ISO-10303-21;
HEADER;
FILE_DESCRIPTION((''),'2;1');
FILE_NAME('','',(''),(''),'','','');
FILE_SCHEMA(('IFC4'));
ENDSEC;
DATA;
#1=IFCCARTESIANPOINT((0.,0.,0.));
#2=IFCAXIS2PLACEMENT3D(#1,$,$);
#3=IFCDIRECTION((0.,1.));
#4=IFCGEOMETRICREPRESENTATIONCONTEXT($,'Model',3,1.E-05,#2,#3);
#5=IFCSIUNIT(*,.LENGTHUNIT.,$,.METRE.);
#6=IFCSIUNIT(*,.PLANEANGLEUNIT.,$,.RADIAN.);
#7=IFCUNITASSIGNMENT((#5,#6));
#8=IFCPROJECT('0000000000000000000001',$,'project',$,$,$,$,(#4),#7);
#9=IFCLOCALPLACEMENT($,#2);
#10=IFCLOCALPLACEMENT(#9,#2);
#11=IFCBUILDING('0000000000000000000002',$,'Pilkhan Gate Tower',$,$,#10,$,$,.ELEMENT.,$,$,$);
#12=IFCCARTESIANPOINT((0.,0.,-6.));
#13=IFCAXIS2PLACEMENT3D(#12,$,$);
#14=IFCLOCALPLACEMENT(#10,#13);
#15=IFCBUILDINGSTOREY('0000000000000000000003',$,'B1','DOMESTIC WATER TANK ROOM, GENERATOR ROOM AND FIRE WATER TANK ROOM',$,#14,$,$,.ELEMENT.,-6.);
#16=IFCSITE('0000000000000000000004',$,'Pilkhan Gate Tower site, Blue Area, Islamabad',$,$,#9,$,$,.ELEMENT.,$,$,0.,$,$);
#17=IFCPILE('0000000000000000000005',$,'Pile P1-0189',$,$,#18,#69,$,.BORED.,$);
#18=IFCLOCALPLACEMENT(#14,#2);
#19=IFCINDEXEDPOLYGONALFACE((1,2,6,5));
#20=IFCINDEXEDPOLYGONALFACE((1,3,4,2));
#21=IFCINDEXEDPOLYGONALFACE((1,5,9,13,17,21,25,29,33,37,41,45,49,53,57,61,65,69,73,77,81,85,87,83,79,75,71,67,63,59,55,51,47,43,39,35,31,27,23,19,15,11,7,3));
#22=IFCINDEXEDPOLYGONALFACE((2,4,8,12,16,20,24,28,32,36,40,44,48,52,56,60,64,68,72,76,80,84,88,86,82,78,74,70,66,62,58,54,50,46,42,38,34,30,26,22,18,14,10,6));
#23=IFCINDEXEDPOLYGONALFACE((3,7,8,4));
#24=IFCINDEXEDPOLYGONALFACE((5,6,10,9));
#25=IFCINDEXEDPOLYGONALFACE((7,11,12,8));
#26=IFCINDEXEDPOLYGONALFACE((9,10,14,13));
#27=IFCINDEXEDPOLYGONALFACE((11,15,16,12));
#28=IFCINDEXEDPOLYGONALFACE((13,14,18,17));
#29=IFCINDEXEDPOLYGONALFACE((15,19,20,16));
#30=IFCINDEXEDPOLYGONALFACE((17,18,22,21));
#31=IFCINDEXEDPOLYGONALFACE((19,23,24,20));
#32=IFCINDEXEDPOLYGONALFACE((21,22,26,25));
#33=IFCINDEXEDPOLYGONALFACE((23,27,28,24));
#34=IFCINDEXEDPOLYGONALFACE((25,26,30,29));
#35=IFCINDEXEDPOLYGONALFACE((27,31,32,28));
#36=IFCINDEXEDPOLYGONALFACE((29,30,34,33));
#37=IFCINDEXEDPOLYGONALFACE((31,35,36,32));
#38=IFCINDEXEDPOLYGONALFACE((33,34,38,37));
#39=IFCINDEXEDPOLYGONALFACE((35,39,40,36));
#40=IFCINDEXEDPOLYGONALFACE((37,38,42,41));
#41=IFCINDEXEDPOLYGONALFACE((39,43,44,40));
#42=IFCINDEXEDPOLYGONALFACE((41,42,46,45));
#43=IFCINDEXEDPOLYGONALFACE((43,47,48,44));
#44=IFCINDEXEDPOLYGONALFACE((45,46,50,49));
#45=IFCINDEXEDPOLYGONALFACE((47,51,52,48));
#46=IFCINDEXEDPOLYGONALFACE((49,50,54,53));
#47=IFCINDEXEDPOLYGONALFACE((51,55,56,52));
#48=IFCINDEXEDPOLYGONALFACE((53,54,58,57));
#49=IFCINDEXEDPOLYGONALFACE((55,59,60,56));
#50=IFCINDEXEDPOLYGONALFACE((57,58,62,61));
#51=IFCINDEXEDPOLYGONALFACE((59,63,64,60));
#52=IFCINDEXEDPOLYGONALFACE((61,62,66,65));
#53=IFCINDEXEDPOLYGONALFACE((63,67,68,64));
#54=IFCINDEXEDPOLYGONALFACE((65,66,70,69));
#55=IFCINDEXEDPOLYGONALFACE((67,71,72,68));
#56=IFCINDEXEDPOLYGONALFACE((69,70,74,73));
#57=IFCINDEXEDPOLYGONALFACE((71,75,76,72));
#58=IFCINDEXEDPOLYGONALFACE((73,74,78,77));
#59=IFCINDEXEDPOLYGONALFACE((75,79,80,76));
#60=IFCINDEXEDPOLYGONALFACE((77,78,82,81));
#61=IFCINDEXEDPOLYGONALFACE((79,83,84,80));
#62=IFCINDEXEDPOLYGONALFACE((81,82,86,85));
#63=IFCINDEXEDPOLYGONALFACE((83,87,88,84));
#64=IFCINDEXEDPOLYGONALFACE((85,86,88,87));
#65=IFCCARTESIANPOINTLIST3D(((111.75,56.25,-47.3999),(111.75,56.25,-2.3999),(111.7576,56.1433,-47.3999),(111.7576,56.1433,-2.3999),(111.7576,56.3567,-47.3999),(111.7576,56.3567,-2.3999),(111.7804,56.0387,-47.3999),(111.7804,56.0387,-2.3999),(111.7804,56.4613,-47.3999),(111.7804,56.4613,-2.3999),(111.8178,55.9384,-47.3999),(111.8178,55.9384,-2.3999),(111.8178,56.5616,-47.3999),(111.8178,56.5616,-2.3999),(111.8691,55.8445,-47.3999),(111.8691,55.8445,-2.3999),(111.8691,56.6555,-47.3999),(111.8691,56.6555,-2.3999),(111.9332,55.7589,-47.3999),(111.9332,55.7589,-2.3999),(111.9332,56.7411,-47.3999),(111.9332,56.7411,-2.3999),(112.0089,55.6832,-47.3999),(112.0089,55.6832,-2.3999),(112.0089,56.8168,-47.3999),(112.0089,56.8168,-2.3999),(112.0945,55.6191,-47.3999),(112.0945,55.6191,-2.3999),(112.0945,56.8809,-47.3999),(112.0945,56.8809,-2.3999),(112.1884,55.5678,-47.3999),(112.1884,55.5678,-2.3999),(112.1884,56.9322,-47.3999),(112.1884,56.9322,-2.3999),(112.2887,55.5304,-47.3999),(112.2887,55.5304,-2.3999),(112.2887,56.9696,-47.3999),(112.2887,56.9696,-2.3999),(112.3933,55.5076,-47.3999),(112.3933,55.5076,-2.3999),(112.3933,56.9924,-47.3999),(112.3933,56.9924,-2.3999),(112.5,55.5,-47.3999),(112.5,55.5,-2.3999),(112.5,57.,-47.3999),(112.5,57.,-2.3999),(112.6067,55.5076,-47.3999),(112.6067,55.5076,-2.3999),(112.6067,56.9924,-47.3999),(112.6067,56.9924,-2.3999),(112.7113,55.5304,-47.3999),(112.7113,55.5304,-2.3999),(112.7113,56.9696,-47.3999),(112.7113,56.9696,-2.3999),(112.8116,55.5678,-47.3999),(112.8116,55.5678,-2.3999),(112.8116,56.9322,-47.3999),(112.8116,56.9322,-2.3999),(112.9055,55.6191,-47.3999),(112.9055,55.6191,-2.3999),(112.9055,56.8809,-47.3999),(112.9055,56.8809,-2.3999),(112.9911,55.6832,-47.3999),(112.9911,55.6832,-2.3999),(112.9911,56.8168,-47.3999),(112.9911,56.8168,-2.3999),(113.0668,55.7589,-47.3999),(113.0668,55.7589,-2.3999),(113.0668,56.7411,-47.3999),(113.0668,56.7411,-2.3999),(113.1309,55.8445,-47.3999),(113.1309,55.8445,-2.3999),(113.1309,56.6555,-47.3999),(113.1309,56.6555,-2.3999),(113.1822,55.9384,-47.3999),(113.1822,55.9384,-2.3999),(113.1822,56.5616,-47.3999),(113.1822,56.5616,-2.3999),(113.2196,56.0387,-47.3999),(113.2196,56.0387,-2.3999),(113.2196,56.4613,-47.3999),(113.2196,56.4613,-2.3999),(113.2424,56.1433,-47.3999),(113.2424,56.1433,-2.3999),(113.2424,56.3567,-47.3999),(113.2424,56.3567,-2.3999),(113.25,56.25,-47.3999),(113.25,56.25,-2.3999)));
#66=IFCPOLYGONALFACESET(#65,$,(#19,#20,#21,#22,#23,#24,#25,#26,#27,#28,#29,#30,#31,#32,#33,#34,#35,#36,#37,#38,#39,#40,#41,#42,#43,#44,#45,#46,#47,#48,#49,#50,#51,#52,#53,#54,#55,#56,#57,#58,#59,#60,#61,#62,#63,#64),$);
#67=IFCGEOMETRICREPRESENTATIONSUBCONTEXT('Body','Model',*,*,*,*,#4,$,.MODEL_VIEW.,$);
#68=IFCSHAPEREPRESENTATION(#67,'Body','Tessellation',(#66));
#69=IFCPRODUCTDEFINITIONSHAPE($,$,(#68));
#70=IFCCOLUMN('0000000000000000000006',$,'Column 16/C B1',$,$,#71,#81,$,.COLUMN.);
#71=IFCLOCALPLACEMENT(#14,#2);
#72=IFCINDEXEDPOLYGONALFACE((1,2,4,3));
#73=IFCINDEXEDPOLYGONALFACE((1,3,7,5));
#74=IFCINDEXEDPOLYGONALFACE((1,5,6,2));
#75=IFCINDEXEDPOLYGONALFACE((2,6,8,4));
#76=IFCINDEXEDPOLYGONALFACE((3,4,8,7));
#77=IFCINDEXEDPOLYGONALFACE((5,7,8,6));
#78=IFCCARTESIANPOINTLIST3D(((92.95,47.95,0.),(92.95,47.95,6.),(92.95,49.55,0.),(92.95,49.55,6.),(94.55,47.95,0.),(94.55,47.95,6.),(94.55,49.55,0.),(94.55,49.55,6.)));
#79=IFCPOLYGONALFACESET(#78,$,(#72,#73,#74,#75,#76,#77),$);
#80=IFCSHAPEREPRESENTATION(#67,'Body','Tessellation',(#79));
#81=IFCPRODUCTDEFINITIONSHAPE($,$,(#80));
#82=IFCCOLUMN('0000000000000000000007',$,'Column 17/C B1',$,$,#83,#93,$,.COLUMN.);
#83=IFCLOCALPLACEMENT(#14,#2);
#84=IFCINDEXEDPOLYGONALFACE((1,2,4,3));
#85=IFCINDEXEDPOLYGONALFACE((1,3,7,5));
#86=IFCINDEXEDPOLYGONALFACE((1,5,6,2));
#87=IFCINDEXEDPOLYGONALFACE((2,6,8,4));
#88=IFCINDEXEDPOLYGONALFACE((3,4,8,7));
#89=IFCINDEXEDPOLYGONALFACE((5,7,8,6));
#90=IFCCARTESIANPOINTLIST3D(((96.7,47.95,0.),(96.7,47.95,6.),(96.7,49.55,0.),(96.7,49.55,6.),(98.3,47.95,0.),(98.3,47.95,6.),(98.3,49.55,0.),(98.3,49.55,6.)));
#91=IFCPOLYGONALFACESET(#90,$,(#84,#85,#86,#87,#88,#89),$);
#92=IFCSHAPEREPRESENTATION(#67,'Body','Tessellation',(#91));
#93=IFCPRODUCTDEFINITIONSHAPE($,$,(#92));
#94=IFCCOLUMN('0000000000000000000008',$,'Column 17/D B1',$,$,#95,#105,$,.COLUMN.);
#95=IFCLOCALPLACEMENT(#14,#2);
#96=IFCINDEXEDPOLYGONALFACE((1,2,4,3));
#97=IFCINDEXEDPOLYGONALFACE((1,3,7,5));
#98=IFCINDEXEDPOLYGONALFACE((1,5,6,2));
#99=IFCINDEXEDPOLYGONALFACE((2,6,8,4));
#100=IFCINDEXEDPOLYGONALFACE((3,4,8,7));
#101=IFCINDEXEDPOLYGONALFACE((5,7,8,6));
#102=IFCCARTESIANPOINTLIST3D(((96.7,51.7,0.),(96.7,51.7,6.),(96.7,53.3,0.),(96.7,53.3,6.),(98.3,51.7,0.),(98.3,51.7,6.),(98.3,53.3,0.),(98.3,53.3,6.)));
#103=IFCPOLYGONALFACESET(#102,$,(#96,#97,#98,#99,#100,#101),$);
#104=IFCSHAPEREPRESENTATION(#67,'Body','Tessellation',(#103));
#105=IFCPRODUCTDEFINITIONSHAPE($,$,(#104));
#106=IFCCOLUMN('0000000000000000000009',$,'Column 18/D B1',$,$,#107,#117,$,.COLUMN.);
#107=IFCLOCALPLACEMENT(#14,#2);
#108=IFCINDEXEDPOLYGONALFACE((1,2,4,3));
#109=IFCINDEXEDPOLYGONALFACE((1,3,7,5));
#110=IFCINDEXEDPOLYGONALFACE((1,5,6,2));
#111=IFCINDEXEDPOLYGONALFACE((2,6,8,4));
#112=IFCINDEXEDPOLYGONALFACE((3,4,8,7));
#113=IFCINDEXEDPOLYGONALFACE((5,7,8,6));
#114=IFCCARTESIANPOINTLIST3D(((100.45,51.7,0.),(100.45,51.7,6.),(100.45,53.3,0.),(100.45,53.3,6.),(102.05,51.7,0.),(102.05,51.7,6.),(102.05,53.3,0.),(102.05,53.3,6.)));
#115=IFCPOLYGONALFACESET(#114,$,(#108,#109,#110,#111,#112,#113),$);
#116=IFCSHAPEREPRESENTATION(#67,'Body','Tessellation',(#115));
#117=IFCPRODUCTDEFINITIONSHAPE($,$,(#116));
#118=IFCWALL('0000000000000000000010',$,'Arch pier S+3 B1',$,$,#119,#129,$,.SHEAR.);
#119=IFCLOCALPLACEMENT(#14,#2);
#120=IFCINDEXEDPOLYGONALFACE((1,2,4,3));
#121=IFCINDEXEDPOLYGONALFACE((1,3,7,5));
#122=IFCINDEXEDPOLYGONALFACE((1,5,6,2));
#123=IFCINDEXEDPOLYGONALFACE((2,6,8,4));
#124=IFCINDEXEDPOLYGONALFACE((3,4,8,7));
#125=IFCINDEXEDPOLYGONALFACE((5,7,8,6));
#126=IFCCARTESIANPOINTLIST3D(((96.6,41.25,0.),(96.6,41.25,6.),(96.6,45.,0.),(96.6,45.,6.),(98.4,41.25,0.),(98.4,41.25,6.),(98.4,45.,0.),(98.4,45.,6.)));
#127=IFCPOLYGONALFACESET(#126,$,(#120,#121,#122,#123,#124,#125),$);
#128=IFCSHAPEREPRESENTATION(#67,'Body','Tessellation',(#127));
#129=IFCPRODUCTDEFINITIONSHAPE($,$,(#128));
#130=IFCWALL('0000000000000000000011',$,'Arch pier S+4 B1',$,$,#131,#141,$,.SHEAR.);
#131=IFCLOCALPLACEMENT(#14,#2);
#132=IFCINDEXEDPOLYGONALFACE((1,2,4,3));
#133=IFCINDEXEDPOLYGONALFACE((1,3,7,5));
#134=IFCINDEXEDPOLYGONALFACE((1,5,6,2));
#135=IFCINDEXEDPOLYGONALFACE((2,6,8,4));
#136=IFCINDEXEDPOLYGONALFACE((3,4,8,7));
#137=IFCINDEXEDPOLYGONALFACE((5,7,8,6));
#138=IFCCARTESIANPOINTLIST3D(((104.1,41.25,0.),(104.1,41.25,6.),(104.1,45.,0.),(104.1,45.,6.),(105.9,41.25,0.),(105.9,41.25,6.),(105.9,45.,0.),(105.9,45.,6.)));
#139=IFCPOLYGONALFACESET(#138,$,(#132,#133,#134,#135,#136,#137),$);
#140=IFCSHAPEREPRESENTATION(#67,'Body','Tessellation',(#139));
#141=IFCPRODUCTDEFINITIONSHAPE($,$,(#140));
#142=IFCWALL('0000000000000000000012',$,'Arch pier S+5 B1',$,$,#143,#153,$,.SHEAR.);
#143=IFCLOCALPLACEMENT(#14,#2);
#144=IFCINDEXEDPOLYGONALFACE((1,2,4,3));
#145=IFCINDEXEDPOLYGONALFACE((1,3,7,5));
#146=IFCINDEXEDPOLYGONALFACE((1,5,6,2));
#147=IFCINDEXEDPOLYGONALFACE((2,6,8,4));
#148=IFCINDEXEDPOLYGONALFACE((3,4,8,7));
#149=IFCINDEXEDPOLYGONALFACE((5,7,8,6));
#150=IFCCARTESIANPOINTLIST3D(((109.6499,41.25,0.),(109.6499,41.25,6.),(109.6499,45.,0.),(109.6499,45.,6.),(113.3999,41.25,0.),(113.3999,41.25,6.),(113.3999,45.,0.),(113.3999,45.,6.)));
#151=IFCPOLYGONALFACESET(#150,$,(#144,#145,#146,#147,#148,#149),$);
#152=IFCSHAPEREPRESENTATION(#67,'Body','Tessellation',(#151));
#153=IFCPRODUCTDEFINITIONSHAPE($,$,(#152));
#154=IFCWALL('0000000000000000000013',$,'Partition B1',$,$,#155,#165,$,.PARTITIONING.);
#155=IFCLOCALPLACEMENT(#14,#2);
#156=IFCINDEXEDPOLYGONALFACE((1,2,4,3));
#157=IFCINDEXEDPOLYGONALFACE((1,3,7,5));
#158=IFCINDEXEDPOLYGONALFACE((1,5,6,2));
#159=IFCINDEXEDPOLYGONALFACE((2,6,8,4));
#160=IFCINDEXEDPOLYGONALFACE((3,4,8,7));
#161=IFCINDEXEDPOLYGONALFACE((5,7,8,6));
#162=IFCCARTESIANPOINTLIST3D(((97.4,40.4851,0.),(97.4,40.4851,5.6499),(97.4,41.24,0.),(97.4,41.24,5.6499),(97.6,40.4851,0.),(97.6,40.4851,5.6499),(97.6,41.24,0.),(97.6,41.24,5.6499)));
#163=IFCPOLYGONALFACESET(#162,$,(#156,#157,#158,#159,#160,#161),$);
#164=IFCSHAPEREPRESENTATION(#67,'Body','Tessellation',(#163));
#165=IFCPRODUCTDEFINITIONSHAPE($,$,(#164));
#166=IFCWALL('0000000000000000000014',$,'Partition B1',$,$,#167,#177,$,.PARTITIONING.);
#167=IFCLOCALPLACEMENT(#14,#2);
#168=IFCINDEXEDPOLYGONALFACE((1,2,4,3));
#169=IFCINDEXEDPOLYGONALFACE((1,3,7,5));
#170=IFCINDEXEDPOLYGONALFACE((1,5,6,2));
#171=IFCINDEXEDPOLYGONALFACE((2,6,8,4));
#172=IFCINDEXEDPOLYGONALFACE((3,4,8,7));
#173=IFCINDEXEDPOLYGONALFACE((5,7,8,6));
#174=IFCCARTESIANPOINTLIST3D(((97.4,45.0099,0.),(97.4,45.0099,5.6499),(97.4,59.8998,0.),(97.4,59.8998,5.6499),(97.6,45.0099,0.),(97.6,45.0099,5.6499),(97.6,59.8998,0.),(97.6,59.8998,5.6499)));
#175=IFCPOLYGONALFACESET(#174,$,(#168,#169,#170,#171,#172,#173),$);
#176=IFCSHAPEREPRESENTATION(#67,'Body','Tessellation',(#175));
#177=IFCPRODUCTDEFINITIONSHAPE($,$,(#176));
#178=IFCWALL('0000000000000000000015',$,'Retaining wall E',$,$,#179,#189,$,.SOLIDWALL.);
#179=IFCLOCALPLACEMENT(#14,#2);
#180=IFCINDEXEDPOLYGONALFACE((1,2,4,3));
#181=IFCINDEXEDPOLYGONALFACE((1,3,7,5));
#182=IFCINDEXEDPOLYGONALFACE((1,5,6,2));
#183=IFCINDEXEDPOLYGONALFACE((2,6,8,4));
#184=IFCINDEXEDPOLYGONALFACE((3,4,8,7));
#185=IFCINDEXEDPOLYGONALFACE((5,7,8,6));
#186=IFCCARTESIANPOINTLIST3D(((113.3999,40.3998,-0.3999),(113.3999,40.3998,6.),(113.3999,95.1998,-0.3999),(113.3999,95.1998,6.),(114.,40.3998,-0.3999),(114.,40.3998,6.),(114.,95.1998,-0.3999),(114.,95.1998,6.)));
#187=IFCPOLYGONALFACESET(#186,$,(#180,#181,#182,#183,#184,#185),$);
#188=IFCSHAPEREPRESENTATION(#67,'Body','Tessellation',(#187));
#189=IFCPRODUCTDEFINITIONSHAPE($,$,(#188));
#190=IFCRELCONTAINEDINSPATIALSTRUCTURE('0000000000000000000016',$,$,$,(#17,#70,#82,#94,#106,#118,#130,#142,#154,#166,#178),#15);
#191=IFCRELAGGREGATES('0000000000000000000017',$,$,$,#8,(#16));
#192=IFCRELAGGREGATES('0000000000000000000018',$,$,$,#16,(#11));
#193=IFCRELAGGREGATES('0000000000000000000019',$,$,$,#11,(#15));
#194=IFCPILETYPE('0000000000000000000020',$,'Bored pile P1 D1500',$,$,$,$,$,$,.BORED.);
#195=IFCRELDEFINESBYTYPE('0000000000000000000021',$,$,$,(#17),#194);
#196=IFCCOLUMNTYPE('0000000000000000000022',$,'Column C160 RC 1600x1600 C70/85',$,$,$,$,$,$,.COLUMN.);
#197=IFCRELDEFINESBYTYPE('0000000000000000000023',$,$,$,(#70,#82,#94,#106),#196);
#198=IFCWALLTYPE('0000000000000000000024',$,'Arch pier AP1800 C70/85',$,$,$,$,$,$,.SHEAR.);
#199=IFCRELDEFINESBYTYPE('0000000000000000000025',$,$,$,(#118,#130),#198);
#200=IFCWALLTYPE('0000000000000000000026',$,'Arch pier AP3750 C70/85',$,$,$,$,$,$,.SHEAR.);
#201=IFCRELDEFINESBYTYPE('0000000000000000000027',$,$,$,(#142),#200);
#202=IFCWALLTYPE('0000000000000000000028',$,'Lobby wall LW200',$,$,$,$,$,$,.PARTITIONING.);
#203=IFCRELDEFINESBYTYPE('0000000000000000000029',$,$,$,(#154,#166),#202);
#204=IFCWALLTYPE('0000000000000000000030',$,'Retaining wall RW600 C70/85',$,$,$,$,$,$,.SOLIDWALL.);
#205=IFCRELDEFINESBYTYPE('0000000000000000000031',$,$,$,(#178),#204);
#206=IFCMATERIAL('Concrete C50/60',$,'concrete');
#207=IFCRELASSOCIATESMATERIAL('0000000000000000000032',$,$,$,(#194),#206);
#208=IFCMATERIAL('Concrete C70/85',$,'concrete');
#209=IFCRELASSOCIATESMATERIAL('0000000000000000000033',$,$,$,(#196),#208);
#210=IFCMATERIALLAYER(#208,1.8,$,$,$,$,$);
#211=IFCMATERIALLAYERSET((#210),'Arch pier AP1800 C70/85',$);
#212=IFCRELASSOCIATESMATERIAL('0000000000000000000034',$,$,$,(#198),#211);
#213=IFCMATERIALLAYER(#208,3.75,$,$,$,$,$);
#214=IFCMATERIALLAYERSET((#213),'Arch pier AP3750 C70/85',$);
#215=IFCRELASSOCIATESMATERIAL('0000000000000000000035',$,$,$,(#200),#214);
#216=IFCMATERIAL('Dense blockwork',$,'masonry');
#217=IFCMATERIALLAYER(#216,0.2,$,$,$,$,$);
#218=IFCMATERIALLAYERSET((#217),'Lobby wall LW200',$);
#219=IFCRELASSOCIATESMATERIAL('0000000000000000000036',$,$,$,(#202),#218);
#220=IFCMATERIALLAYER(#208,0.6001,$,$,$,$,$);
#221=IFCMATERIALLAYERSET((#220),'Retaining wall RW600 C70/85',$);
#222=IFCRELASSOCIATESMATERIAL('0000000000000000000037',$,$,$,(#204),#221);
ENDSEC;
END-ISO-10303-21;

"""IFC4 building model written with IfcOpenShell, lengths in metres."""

from ifc_helpers import new_model, si_unit, direction, frame, frame_2d, origin, origin_2d, place, context, subcontext, project, spatial, rectangle, circle, extrude, material, layer, layer_set, material_profile, profile_set, type_object, element, save


model = new_model("IFC4")

# Units and contexts
model_context = context("Model", 3, precision=1e-05, world=origin(), true_north=direction((0.0, 1.0)))
body_context = subcontext(model_context, "Body", "Model", "MODEL_VIEW")
ifc_project = project(units=[si_unit("LENGTHUNIT", "METRE"), si_unit("PLANEANGLEUNIT", "RADIAN")], contexts=[model_context])

# Site, building, storey
site_placement = place(None, origin())
site = spatial("IfcSite", under=ifc_project, at=site_placement, Name="Pilkhan Gate Tower site, Blue Area, Islamabad", CompositionType="ELEMENT", RefElevation=0.0)
building_placement = place(site_placement, origin())
building = spatial("IfcBuilding", under=site, at=building_placement, Name="Pilkhan Gate Tower", CompositionType="ELEMENT")
storey_placement = place(building_placement, frame((0.0, 0.0, -6.0)))
storey = spatial("IfcBuildingStorey", under=building, at=storey_placement, Name="B1", Description="DOMESTIC WATER TANK ROOM, GENERATOR ROOM AND FIRE WATER TANK ROOM", CompositionType="ELEMENT", Elevation=-6.0)

# Pile
ifc_material_1 = material(Name="Concrete C50/60", Category="concrete")
ifc_material_profile_1 = material_profile(ifc_material_1, circle(Radius=0.75, at=origin_2d()), Name="Bored pile 1500 dia")
ifc_profile_set_1 = profile_set([ifc_material_profile_1], Name="Concrete C50/60")
pile_type = type_object("IfcPileType", Name="Bored pile P1 D1500", PredefinedType="BORED", material=ifc_profile_set_1)
for number, where, z_axis, x_axis, name in (
    (1, (112.5, 56.25, -2.3999), (0.0, 0.0, -1.0), (1.0, 0.0, 0.0), "Pile P1-0189"),
):
    element("IfcPile", number, at=place(storey_placement, frame(where, z_axis=z_axis, x_axis=x_axis)), inside=storey, type_object=pile_type, Name=name, PredefinedType="BORED", context=body_context, shape_type="SweptSolid", body=[
        extrude(circle(Radius=0.75, at=origin_2d()), origin(), (0.0, 0.0, 1.0), 45.0),
    ])

# Columns
ifc_material_2 = material(Name="Concrete C70/85", Category="concrete")
ifc_material_profile_2 = material_profile(ifc_material_2, rectangle(XDim=1.6001, YDim=1.6001, at=origin_2d()), Name="RC 1600x1600")
ifc_profile_set_2 = profile_set([ifc_material_profile_2], Name="Concrete C70/85")
column_type = type_object("IfcColumnType", Name="Column C160 RC 1600x1600 C70/85", PredefinedType="COLUMN", material=ifc_profile_set_2)
for number, where, z_axis, x_axis, name in (
    (2, (93.75, 48.75, 0.0), (0.0, 0.0, 1.0), (1.0, 0.0, 0.0), "Column 16/C B1"),
    (3, (97.5, 48.75, 0.0), (0.0, 0.0, 1.0), (1.0, 0.0, 0.0), "Column 17/C B1"),
    (4, (97.5, 52.5, 0.0), (0.0, 0.0, 1.0), (1.0, 0.0, 0.0), "Column 17/D B1"),
    (5, (101.25, 52.5, 0.0), (0.0, 0.0, 1.0), (1.0, 0.0, 0.0), "Column 18/D B1"),
):
    element("IfcColumn", number, at=place(storey_placement, frame(where, z_axis=z_axis, x_axis=x_axis)), inside=storey, type_object=column_type, Name=name, PredefinedType="COLUMN", context=body_context, shape_type="SweptSolid", body=[
        extrude(rectangle(XDim=1.6001, YDim=1.6001, at=origin_2d()), origin(), (0.0, 0.0, 1.0), 6.0),
    ])

# Walls
ifc_layer_1 = layer(ifc_material_2, 1.8)
ifc_layer_set_1 = layer_set([ifc_layer_1], Name="Arch pier AP1800 C70/85")
wall_type_1 = type_object("IfcWallType", Name="Arch pier AP1800 C70/85", PredefinedType="SHEAR", material=ifc_layer_set_1)
for number, where, z_axis, x_axis, name in (
    (6, (97.5, 41.25, 0.0), (0.0, 0.0, 1.0), (0.0, 1.0, 0.0), "Arch pier S+3 B1"),
    (7, (105.0, 41.25, 0.0), (0.0, 0.0, 1.0), (0.0, 1.0, 0.0), "Arch pier S+4 B1"),
):
    element("IfcWall", number, at=place(storey_placement, frame(where, z_axis=z_axis, x_axis=x_axis)), inside=storey, type_object=wall_type_1, Name=name, PredefinedType="SHEAR", context=body_context, shape_type="SweptSolid", body=[
        extrude(rectangle(XDim=3.75, YDim=1.8, at=frame_2d((1.875, 0.0))), origin(), (0.0, 0.0, 1.0), 6.0),
    ])
ifc_layer_2 = layer(ifc_material_2, 3.75)
ifc_layer_set_2 = layer_set([ifc_layer_2], Name="Arch pier AP3750 C70/85")
wall_type_2 = type_object("IfcWallType", Name="Arch pier AP3750 C70/85", PredefinedType="SHEAR", material=ifc_layer_set_2)
wall_1_placement = place(storey_placement, frame((111.5249, 41.25, 0.0), z_axis=(0.0, 0.0, 1.0), x_axis=(0.0, 1.0, 0.0)))
element("IfcWall", 8, at=wall_1_placement, inside=storey, type_object=wall_type_2, Name="Arch pier S+5 B1", PredefinedType="SHEAR", context=body_context, shape_type="SweptSolid", body=[
    extrude(rectangle(XDim=3.75, YDim=3.75, at=frame_2d((1.875, 0.0))), origin(), (0.0, 0.0, 1.0), 6.0),
])
ifc_material_3 = material(Name="Dense blockwork", Category="masonry")
ifc_layer_3 = layer(ifc_material_3, 0.2)
ifc_layer_set_3 = layer_set([ifc_layer_3], Name="Lobby wall LW200")
wall_type_3 = type_object("IfcWallType", Name="Lobby wall LW200", PredefinedType="PARTITIONING", material=ifc_layer_set_3)
wall_2_placement = place(storey_placement, frame((97.5, 40.4851, 0.0), z_axis=(0.0, 0.0, 1.0), x_axis=(0.0, 1.0, 0.0)))
element("IfcWall", 9, at=wall_2_placement, inside=storey, type_object=wall_type_3, Name="Partition B1", PredefinedType="PARTITIONING", context=body_context, shape_type="SweptSolid", body=[
    extrude(rectangle(XDim=0.7549, YDim=0.2, at=frame_2d((0.3774, 0.0))), origin(), (0.0, 0.0, 1.0), 5.6499),
])
wall_3_placement = place(storey_placement, frame((97.5, 45.01, 0.0), z_axis=(0.0, 0.0, 1.0), x_axis=(0.0, 1.0, 0.0)))
element("IfcWall", 10, at=wall_3_placement, inside=storey, type_object=wall_type_3, Name="Partition B1", PredefinedType="PARTITIONING", context=body_context, shape_type="SweptSolid", body=[
    extrude(rectangle(XDim=14.8899, YDim=0.2, at=frame_2d((7.4448, 0.0))), origin(), (0.0, 0.0, 1.0), 5.6499),
])
ifc_layer_4 = layer(ifc_material_2, 0.6001)
ifc_layer_set_4 = layer_set([ifc_layer_4], Name="Retaining wall RW600 C70/85")
wall_type_4 = type_object("IfcWallType", Name="Retaining wall RW600 C70/85", PredefinedType="SOLIDWALL", material=ifc_layer_set_4)
wall_4_placement = place(storey_placement, frame((113.7, 40.3999, -0.3999), z_axis=(0.0, 0.0, 1.0), x_axis=(0.0, 1.0, 0.0)))
element("IfcWall", 11, at=wall_4_placement, inside=storey, type_object=wall_type_4, Name="Retaining wall E", PredefinedType="SOLIDWALL", context=body_context, shape_type="SweptSolid", body=[
    extrude(rectangle(XDim=54.8, YDim=0.6001, at=frame_2d((27.3999, 0.0))), origin(), (0.0, 0.0, 1.0), 6.3999),
])

save(model, "model.ifc")
